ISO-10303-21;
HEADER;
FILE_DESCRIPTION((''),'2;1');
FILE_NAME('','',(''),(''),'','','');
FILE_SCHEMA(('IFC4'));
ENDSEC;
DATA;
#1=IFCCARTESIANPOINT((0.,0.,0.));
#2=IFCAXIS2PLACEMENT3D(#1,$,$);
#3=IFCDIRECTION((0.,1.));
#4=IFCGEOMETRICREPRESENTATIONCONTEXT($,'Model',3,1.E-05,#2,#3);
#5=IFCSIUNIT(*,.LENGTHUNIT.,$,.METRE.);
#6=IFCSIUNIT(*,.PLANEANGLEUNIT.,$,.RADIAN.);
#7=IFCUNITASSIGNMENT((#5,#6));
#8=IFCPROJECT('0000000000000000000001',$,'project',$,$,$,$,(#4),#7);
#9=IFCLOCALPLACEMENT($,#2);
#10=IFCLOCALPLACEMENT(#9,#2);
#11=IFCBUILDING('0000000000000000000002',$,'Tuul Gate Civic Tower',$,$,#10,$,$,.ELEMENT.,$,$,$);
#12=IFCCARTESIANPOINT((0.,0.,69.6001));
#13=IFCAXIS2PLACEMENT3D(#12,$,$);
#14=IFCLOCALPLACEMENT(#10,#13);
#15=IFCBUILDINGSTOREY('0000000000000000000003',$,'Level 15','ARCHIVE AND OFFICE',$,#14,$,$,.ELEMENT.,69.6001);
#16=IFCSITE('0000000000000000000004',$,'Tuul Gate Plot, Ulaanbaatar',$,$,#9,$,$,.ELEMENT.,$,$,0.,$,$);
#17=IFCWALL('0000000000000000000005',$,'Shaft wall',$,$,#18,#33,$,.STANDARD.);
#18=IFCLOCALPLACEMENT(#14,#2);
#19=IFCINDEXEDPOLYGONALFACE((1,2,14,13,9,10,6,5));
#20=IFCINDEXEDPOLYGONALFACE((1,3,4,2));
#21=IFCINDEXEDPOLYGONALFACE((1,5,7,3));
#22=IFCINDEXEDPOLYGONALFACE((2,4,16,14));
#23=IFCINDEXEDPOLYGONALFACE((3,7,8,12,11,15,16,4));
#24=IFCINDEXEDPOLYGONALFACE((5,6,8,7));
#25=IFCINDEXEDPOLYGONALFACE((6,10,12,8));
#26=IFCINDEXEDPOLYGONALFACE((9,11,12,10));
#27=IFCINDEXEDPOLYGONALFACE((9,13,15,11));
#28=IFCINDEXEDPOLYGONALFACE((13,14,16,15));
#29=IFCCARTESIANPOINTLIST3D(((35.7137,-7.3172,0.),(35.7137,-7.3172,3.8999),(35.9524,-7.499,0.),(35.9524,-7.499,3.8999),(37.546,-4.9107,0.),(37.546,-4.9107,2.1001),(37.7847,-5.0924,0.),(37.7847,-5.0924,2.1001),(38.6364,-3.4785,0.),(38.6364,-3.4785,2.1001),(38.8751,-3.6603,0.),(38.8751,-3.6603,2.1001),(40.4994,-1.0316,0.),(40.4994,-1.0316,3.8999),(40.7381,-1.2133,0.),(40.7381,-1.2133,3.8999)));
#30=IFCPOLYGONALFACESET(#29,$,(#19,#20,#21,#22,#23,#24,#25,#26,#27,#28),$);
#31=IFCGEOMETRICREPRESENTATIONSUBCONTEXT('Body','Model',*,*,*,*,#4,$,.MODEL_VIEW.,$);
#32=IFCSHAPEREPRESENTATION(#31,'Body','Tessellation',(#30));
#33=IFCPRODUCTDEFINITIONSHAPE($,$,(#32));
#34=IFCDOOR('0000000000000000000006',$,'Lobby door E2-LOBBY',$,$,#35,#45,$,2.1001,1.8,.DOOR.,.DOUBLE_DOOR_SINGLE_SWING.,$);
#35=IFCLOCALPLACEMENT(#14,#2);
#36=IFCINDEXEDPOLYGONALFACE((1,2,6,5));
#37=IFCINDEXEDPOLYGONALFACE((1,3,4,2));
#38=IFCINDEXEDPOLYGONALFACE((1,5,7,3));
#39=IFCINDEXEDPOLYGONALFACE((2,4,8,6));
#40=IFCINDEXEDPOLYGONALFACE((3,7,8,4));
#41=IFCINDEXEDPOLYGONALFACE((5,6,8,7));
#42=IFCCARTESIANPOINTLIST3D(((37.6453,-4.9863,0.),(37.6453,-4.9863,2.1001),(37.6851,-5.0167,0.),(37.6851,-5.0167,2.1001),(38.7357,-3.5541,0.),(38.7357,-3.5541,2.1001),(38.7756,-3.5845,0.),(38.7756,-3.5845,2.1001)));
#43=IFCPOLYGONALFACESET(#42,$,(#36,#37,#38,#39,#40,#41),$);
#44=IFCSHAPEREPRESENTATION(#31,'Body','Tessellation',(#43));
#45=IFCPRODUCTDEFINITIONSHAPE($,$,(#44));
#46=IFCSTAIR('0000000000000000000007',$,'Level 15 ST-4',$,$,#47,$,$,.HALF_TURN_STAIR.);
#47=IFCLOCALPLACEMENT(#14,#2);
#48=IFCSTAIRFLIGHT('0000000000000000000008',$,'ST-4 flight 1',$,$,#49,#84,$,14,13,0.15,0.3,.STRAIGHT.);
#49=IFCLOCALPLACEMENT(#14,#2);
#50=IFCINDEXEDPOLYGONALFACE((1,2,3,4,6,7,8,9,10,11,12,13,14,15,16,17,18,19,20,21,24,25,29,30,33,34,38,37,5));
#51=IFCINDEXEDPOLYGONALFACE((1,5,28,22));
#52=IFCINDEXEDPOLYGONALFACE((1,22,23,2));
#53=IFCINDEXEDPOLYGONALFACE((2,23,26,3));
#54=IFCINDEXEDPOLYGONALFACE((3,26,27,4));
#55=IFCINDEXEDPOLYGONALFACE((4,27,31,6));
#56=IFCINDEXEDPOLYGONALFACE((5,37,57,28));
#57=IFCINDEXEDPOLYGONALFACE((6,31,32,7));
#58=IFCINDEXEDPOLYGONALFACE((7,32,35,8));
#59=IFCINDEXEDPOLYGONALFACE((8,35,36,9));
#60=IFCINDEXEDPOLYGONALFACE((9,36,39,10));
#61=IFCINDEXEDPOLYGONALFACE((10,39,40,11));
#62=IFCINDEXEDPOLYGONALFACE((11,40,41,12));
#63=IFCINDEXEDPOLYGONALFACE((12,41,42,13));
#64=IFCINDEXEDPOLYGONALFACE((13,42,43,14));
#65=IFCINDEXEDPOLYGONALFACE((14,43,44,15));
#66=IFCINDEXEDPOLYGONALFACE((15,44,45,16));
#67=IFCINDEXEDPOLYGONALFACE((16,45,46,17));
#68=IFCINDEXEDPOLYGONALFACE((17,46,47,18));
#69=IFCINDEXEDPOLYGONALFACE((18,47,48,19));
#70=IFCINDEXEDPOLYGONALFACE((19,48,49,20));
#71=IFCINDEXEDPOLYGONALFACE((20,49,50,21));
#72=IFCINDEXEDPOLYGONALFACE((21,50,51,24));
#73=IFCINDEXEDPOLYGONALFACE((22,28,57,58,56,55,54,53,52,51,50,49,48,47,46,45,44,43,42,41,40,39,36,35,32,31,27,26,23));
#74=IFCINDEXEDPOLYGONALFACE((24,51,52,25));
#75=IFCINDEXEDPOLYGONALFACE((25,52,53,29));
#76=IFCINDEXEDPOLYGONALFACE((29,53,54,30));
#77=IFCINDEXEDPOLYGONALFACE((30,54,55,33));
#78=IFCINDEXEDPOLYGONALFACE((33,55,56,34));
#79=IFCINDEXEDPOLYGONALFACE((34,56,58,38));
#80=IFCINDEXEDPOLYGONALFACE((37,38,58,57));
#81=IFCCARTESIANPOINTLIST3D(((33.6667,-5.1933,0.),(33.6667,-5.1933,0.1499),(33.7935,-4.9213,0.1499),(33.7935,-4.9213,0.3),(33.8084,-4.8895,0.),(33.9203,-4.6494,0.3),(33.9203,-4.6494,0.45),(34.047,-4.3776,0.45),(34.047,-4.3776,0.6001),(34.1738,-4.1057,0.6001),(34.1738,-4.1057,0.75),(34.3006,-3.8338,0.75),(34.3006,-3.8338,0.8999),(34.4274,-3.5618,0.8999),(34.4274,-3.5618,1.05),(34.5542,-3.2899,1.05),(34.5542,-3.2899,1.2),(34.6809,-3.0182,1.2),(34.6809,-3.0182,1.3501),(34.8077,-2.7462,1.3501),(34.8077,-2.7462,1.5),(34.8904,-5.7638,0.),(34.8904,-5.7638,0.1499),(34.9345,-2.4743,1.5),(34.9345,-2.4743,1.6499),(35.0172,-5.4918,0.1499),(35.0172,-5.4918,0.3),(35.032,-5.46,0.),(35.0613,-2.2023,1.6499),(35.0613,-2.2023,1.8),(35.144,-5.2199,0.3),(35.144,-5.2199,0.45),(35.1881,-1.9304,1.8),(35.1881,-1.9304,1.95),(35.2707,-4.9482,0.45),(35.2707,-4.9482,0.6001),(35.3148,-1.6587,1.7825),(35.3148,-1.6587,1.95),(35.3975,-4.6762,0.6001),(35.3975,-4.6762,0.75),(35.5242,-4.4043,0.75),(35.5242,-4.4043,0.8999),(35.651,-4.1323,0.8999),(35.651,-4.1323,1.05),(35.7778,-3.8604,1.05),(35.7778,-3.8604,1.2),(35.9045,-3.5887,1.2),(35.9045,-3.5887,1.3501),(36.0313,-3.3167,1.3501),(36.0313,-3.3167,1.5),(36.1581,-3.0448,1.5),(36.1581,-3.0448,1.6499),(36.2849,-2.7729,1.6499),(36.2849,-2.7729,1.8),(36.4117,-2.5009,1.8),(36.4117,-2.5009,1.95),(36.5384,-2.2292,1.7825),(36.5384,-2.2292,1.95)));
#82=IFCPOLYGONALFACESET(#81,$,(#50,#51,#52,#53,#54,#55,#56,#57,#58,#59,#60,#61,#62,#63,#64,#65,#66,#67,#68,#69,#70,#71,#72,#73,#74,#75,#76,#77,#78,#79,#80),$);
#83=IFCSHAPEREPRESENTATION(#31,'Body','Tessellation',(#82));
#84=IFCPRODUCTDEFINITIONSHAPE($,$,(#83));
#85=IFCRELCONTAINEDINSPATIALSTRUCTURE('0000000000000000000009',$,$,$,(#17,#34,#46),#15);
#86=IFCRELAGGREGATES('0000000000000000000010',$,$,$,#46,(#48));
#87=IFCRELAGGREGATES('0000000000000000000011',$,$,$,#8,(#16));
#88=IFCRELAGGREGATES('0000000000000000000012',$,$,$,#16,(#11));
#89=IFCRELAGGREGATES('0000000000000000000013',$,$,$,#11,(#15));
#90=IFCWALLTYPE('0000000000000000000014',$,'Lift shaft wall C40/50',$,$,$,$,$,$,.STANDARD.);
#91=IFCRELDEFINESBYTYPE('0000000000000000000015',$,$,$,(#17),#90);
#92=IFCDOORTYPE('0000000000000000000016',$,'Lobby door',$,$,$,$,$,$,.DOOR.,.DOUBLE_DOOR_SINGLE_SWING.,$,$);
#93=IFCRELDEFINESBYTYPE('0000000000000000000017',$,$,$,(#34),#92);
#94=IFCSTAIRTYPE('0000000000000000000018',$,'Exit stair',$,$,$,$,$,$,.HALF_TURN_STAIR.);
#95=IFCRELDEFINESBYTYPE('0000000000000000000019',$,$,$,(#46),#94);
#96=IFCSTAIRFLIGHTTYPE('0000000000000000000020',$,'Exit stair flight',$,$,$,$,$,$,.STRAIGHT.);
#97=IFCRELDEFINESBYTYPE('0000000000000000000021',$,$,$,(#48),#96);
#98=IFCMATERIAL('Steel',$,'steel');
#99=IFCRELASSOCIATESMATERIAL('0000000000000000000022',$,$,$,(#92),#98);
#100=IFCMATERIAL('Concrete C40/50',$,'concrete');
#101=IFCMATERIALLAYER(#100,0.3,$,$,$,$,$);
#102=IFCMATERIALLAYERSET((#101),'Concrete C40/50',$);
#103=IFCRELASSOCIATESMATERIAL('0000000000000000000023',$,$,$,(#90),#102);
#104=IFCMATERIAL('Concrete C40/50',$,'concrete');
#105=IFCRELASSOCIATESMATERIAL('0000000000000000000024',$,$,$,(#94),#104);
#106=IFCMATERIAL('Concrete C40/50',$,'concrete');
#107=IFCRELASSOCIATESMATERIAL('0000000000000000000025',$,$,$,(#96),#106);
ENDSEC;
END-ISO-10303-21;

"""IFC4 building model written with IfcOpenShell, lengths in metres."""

from ifc_helpers import new_model, si_unit, direction, frame, frame_2d, origin, place, context, subcontext, project, spatial, polyline, rectangle, outline, extrude, material, layer, layer_set, type_object, element, fill, aggregate, save


model = new_model("IFC4")

# Units and contexts
model_context = context("Model", 3, precision=1e-05, world=origin(), true_north=direction((0.0, 1.0)))
body_context = subcontext(model_context, "Body", "Model", "MODEL_VIEW")
ifc_project = project(units=[si_unit("LENGTHUNIT", "METRE"), si_unit("PLANEANGLEUNIT", "RADIAN")], contexts=[model_context])

# Site, building, storey
site_placement = place(None, origin())
site = spatial("IfcSite", under=ifc_project, at=site_placement, Name="Tuul Gate Plot, Ulaanbaatar", CompositionType="ELEMENT", RefElevation=0.0)
building_placement = place(site_placement, origin())
building = spatial("IfcBuilding", under=site, at=building_placement, Name="Tuul Gate Civic Tower", CompositionType="ELEMENT")
storey_placement = place(building_placement, frame((0.0, 0.0, 69.6001)))
storey = spatial("IfcBuildingStorey", under=building, at=storey_placement, Name="Level 15", Description="ARCHIVE AND OFFICE", CompositionType="ELEMENT", Elevation=69.6001)

# Shared definitions
ifc_material_1 = material(Name="Steel", Category="steel")
door_type_1 = type_object("IfcDoorType", Name="Lobby door", OperationType="DOUBLE_DOOR_SINGLE_SWING", PredefinedType="DOOR", material=ifc_material_1)

# Shared definitions
ifc_material_2 = material(Name="Concrete C40/50", Category="concrete")
ifc_layer_1 = layer(ifc_material_2, 0.3)
ifc_layer_set_1 = layer_set([ifc_layer_1], Name="Concrete C40/50")
wall_type_1 = type_object("IfcWallType", Name="Lift shaft wall C40/50", PredefinedType="STANDARD", material=ifc_layer_set_1)

# Wall, opening, door
wall_1_placement = place(storey_placement, frame((35.833, -7.4082, 0.0), z_axis=(0.0, 0.0, 1.0), x_axis=(0.605769, 0.79564, 0.0)))
wall_1 = element("IfcWall", 1, at=wall_1_placement, inside=storey, type_object=wall_type_1, Name="Shaft wall", PredefinedType="STANDARD", context=body_context, shape_type="SweptSolid", body=[
    extrude(rectangle(XDim=7.9001, YDim=0.3, at=frame_2d((3.9502, 0.0))), origin(), (0.0, 0.0, 1.0), 3.8999),
])
opening_1_placement = place(wall_1_placement, frame((3.0249, 0.0, 0.0)))
opening_1 = element("IfcOpeningElement", 2, at=opening_1_placement, cuts=wall_1, PredefinedType="OPENING", context=body_context, shape_type="SweptSolid", body=[
    extrude(rectangle(XDim=1.8, YDim=2.1001, at=frame_2d((0.8999, 1.05))), frame((0.0, 0.1602, 0.0), z_axis=(0.0, -1.0, 0.0), x_axis=(1.0, 0.0, 0.0)), (0.0, 0.0, 1.0), 0.3201),
])
door_1_placement = place(opening_1_placement, frame((1.8, 0.0, 0.0), z_axis=(0.0, 0.0, 1.0), x_axis=(-1.0, 0.0, 0.0)))
door_1 = element("IfcDoor", 3, at=door_1_placement, inside=storey, type_object=door_type_1, Name="Lobby door E2-LOBBY", OperationType="DOUBLE_DOOR_SINGLE_SWING", OverallHeight=2.1001, OverallWidth=1.8, PredefinedType="DOOR", context=body_context, shape_type="SweptSolid", body=[
    extrude(rectangle(XDim=1.8, YDim=2.1001, at=frame_2d((0.9001, 1.05))), frame((0.0, 0.0249, 0.0), z_axis=(0.0, -1.0, 0.0), x_axis=(1.0, 0.0, 0.0)), (0.0, 0.0, 1.0), 0.05),
])
fill(opening_1, door_1)

# Stair, stair flight
ifc_material_3 = material(Name="Concrete C40/50", Category="concrete")
stair_type = type_object("IfcStairType", Name="Exit stair", PredefinedType="HALF_TURN_STAIR", material=ifc_material_3)
stair_placement = place(storey_placement, origin())
stair = element("IfcStair", 4, at=stair_placement, inside=storey, type_object=stair_type, Name="Level 15 ST-4", PredefinedType="HALF_TURN_STAIR")
ifc_material_4 = material(Name="Concrete C40/50", Category="concrete")
stair_flight_type = type_object("IfcStairFlightType", Name="Exit stair flight", PredefinedType="STRAIGHT", material=ifc_material_4)
stair_flight_placement = place(storey_placement, frame((34.2786, -5.4785, 0.0), z_axis=(0.0, 0.0, 1.0), x_axis=(0.422576, 0.906327, 0.0)))
stair_flight = element("IfcStairFlight", 5, at=stair_flight_placement, type_object=stair_flight_type, Name="ST-4 flight 1", NumberOfRisers=14, NumberOfTreads=13, PredefinedType="STRAIGHT", RiserHeight=0.15, TreadLength=0.3, context=body_context, shape_type="SweptSolid", body=[
    extrude(outline(polyline([(0.0, 0.0), (0.0, 0.1499), (0.3, 0.1499), (0.3, 0.3), (0.6001, 0.3), (0.6001, 0.45), (0.8999, 0.45), (0.8999, 0.6001), (1.2, 0.6001), (1.2, 0.75), (1.5, 0.75), (1.5, 0.8999), (1.8, 0.8999), (1.8, 1.05), (2.1001, 1.05), (2.1001, 1.2), (2.3999, 1.2), (2.3999, 1.3501), (2.7, 1.3501), (2.7, 1.5), (3.0, 1.5), (3.0, 1.6499), (3.3, 1.6499), (3.3, 1.8), (3.6001, 1.8), (3.6001, 1.95), (3.8999, 1.95), (3.8999, 2.1001), (3.8999, 1.7825), (0.3352, 0.0), (0.0, 0.0)])), frame((0.0, 0.675, 0.0), z_axis=(0.0, -1.0, 0.0), x_axis=(1.0, 0.0, 0.0)), (0.0, 0.0, 1.0), 1.3501),
])
aggregate(stair, [stair_flight])

save(model, "model.ifc")
